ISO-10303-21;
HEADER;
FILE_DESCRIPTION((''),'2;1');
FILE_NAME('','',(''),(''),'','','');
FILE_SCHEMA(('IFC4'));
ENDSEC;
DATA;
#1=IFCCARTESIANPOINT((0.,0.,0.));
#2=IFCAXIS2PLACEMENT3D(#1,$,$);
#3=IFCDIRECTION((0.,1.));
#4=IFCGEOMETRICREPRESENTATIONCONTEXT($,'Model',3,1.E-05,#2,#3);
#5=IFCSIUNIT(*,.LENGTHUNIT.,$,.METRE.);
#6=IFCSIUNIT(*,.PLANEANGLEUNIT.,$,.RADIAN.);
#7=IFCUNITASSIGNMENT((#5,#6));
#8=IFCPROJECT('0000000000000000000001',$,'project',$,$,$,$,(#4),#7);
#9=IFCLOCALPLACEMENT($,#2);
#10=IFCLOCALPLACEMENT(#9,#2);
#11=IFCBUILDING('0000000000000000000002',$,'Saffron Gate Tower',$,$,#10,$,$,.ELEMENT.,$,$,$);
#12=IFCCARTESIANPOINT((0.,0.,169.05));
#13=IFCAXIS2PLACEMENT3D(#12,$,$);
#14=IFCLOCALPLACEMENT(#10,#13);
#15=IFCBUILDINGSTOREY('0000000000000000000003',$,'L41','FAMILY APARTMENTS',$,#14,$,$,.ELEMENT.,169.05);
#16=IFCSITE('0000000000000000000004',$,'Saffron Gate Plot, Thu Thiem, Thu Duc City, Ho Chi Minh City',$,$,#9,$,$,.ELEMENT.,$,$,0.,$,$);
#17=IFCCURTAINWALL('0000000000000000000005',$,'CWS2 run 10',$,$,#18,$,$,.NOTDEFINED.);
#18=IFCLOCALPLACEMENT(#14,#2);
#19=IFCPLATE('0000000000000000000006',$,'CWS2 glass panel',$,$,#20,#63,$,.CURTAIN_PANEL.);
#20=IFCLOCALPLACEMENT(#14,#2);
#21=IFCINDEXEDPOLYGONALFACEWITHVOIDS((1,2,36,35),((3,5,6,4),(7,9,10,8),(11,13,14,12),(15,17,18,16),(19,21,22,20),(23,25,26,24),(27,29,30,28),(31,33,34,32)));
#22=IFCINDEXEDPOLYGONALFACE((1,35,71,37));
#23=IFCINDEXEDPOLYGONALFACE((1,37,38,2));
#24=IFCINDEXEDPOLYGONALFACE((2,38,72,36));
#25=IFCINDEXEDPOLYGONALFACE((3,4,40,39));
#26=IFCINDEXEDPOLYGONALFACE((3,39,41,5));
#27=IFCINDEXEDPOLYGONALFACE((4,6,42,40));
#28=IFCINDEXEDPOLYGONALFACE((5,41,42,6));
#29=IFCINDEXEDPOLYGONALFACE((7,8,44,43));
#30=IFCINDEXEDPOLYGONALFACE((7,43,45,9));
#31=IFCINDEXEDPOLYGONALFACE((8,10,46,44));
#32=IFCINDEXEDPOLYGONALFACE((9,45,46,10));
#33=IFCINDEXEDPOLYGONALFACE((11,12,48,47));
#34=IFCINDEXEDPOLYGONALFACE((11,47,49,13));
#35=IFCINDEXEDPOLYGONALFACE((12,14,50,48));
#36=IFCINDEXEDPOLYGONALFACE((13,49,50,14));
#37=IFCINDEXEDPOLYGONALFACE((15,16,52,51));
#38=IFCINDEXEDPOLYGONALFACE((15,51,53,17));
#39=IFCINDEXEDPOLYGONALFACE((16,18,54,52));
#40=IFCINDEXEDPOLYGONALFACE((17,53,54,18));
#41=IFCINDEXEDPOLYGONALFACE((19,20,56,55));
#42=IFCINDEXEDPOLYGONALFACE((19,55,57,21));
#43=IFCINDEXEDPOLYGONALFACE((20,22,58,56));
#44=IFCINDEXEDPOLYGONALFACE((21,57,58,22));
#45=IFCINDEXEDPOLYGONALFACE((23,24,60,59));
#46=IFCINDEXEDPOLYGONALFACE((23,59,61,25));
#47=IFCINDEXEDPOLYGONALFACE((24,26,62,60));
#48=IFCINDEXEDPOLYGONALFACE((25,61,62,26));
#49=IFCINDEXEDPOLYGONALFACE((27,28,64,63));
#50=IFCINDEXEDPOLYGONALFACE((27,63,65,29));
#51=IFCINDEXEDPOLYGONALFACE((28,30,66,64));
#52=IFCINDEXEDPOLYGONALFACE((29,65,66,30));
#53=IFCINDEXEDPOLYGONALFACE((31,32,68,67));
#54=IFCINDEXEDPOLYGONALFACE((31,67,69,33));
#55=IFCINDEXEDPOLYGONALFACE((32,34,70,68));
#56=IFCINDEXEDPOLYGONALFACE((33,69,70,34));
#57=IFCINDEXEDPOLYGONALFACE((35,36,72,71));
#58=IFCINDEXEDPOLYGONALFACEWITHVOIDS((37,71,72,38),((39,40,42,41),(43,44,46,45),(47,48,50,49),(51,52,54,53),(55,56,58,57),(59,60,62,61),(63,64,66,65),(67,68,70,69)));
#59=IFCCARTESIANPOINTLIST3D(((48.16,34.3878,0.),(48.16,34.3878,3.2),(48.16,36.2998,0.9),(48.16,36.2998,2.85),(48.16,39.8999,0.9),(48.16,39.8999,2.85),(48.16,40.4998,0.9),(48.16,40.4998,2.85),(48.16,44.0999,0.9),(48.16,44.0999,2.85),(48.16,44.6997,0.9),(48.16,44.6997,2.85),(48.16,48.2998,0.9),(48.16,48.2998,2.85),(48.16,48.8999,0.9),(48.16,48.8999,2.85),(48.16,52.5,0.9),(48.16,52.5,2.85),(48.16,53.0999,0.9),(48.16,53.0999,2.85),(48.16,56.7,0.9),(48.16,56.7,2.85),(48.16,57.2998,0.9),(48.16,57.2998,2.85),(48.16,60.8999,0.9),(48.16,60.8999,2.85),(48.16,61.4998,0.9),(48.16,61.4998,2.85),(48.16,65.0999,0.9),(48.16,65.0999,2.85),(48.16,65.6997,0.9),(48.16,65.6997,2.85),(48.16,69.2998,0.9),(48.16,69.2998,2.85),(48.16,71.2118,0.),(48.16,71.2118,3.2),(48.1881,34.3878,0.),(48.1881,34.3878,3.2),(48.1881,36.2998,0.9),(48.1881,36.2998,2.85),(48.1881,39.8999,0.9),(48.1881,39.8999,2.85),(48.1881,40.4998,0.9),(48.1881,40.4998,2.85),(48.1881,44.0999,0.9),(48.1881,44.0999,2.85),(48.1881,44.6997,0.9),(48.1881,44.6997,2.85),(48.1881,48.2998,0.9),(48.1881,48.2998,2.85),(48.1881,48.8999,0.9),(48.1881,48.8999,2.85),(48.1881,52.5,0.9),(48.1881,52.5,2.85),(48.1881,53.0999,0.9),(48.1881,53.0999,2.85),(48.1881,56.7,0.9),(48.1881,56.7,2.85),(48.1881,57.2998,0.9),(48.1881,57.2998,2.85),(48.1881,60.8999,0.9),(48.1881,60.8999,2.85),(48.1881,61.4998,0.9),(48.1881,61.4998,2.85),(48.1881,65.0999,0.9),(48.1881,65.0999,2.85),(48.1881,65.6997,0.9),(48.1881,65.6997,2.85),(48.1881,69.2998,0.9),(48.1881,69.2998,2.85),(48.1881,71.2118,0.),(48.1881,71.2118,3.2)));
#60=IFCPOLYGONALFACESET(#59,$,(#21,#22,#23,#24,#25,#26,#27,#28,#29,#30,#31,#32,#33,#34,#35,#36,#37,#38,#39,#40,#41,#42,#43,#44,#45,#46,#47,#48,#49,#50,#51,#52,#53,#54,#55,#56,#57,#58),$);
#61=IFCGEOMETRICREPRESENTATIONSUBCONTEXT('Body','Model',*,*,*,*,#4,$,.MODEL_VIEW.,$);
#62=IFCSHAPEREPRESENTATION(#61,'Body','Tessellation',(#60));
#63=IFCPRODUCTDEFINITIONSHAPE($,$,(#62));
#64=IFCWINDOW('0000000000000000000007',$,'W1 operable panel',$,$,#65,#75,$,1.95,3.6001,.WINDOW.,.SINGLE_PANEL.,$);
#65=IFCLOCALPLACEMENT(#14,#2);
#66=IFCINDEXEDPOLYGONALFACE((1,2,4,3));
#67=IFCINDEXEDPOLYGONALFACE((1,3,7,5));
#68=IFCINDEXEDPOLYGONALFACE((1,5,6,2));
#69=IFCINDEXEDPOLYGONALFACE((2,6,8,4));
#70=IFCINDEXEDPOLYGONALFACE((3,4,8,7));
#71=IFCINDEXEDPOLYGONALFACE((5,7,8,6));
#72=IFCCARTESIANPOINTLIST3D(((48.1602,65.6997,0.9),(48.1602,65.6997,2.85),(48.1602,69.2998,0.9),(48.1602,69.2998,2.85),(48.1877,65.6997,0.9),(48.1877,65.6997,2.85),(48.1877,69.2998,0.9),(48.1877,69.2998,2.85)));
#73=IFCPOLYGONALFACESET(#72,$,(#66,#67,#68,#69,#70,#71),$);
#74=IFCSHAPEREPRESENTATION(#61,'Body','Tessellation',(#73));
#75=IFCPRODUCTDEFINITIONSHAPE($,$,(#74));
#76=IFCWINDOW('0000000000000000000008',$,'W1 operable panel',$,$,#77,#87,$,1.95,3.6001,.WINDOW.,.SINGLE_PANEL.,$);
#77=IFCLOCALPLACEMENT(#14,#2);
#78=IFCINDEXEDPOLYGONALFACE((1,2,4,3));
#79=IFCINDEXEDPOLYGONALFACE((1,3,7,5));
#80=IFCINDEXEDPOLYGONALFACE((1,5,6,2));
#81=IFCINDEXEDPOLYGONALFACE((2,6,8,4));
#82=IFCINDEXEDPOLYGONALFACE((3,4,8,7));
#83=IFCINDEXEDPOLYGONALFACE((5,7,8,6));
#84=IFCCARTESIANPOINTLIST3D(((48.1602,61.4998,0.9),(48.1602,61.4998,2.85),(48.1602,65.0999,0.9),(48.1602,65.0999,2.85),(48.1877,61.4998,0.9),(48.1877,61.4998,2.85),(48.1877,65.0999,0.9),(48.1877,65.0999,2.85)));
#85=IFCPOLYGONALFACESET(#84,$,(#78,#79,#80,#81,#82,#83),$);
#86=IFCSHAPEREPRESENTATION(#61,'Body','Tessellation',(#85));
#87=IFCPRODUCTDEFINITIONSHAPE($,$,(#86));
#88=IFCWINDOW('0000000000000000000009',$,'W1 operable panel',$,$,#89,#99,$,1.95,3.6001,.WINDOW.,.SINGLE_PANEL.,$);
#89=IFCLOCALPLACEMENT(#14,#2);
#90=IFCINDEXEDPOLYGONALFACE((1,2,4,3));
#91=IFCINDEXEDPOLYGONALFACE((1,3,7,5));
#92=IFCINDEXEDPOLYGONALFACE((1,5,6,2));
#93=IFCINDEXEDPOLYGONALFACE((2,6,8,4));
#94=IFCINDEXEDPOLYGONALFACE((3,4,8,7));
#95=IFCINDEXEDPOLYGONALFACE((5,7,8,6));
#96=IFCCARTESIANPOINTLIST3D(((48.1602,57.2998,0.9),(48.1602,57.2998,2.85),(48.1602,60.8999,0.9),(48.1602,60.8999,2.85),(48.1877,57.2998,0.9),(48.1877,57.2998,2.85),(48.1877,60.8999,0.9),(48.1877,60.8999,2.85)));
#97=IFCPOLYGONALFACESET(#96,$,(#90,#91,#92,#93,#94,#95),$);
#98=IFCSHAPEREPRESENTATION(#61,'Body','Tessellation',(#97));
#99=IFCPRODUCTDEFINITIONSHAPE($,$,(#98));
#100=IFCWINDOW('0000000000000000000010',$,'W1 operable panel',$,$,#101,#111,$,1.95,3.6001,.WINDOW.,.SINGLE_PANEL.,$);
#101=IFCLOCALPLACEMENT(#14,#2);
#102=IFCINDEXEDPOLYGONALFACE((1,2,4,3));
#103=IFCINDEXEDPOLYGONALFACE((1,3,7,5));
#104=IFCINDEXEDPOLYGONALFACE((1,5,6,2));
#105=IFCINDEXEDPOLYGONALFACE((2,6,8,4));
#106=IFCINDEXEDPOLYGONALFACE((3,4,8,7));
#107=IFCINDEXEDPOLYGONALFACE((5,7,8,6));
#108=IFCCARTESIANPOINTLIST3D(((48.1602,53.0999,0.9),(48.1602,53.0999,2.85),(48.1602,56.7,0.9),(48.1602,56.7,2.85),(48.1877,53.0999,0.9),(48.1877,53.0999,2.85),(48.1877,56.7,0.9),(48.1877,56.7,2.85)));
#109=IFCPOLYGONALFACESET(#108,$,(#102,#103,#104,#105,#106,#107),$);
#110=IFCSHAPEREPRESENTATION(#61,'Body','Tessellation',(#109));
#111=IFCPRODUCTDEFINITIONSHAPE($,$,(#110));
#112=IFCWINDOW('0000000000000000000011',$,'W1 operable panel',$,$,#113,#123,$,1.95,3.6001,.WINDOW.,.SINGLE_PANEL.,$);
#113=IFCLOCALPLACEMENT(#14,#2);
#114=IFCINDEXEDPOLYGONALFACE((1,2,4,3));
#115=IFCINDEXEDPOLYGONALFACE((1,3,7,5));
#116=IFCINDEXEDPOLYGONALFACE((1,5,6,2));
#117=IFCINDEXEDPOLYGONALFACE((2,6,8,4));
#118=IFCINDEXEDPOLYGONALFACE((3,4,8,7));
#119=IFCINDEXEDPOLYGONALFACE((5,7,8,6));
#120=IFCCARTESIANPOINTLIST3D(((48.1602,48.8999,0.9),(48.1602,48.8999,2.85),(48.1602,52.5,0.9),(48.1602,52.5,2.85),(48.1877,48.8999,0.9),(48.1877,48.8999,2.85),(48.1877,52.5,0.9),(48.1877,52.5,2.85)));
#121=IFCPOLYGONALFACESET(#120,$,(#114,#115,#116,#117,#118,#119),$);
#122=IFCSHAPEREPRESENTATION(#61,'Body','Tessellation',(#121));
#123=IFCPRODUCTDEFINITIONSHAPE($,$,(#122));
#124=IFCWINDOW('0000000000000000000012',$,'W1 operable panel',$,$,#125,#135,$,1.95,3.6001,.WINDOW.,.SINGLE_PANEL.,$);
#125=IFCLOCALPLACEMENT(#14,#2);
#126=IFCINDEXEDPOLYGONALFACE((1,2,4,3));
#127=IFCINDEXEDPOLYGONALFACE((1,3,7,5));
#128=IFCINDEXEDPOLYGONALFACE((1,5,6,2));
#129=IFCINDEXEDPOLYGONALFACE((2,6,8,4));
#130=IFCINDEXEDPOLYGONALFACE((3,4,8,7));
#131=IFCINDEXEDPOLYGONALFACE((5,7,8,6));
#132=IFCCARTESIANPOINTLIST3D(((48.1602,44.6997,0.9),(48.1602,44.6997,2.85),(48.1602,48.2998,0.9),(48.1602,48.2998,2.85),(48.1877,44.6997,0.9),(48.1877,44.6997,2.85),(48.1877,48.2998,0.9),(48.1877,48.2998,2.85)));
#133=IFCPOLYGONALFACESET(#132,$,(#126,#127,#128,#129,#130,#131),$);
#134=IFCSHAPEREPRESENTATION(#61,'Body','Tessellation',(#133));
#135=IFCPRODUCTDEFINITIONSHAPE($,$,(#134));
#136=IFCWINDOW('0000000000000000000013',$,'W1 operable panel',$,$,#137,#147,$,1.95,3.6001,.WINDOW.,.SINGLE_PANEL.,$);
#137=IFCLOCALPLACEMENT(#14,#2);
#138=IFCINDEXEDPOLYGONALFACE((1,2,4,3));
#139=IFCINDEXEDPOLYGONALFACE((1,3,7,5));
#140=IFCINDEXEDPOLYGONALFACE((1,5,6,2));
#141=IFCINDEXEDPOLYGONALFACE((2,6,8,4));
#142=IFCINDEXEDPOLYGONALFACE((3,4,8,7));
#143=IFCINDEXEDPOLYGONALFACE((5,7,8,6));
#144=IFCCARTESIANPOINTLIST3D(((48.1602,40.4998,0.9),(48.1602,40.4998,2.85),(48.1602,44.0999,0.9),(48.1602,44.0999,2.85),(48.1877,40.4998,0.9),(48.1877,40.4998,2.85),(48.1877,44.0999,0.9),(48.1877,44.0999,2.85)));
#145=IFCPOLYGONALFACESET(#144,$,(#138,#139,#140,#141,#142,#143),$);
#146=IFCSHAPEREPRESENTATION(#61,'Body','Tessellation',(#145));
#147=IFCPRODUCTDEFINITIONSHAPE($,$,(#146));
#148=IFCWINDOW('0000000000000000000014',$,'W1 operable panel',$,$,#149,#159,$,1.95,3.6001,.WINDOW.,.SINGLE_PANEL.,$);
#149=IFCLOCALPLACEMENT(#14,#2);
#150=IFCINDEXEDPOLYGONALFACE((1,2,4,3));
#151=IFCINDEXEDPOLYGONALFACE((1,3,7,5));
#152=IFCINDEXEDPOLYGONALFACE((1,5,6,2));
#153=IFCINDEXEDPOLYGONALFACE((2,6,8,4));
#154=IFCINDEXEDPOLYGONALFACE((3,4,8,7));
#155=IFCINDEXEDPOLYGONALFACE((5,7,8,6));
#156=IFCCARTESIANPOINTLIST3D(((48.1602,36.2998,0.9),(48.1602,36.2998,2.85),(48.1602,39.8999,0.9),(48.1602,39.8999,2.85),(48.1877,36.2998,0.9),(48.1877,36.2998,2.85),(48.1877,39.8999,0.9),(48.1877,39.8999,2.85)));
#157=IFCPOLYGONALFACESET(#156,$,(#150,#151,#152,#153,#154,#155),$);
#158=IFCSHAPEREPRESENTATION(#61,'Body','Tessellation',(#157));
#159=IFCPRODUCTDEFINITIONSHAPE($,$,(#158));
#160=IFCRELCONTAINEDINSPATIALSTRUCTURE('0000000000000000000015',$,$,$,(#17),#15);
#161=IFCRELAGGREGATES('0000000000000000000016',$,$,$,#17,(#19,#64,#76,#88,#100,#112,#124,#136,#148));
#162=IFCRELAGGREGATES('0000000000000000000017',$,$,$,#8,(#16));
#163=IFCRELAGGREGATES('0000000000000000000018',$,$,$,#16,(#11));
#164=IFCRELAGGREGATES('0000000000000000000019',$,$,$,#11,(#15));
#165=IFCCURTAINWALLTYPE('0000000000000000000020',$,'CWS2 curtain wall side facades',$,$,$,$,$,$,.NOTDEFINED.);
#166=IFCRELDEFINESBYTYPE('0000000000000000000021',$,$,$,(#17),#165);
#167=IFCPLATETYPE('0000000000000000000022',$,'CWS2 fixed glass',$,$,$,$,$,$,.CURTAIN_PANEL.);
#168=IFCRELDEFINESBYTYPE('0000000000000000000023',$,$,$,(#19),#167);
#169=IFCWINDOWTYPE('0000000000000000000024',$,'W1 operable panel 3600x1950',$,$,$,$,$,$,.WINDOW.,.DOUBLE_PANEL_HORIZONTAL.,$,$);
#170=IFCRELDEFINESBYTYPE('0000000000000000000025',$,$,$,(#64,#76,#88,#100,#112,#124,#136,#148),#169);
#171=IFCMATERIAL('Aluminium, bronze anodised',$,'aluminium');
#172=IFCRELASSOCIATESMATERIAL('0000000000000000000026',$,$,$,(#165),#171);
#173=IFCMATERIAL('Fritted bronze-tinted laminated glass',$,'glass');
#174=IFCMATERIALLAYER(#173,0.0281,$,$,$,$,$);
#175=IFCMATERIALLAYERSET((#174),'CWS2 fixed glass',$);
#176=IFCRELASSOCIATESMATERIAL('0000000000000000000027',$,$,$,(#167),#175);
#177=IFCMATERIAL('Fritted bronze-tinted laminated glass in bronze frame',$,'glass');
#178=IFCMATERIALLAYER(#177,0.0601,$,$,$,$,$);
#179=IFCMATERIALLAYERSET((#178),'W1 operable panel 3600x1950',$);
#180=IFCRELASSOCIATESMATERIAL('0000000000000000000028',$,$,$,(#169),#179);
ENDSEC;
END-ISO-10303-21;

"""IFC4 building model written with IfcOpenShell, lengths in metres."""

from ifc_helpers import new_model, si_unit, direction, frame, frame_2d, origin, place, context, subcontext, project, spatial, rectangle, extrude, material, layer, layer_set, type_object, element, fill, aggregate, save


model = new_model("IFC4")

# Units and contexts
model_context = context("Model", 3, precision=1e-05, world=origin(), true_north=direction((0.0, 1.0)))
body_context = subcontext(model_context, "Body", "Model", "MODEL_VIEW")
ifc_project = project(units=[si_unit("LENGTHUNIT", "METRE"), si_unit("PLANEANGLEUNIT", "RADIAN")], contexts=[model_context])

# Site, building, storey
site_placement = place(None, origin())
site = spatial("IfcSite", under=ifc_project, at=site_placement, Name="Saffron Gate Plot, Thu Thiem, Thu Duc City, Ho Chi Minh City", CompositionType="ELEMENT", RefElevation=0.0)
building_placement = place(site_placement, origin())
building = spatial("IfcBuilding", under=site, at=building_placement, Name="Saffron Gate Tower", CompositionType="ELEMENT")
storey_placement = place(building_placement, frame((0.0, 0.0, 169.05)))
storey = spatial("IfcBuildingStorey", under=building, at=storey_placement, Name="L41", Description="FAMILY APARTMENTS", CompositionType="ELEMENT", Elevation=169.05)

# Curtain wall
ifc_material_1 = material(Name="Aluminium, bronze anodised", Category="aluminium")
curtain_wall_type_1 = type_object("IfcCurtainWallType", Name="CWS2 curtain wall side facades", PredefinedType="NOTDEFINED", material=ifc_material_1)
curtain_wall_1_placement = place(storey_placement, origin())
curtain_wall_1 = element("IfcCurtainWall", 1, at=curtain_wall_1_placement, inside=storey, type_object=curtain_wall_type_1, Name="CWS2 run 10", PredefinedType="NOTDEFINED")

# Plate, openings, windows
ifc_material_2 = material(Name="Fritted bronze-tinted laminated glass", Category="glass")
ifc_layer_1 = layer(ifc_material_2, 0.0281)
ifc_layer_set_1 = layer_set([ifc_layer_1], Name="CWS2 fixed glass")
plate_type_1 = type_object("IfcPlateType", Name="CWS2 fixed glass", PredefinedType="CURTAIN_PANEL", material=ifc_layer_set_1)
plate_1_placement = place(storey_placement, frame((48.1741, 71.2119, 0.0), z_axis=(0.0, 0.0, 1.0), x_axis=(0.0, -1.0, 0.0)))
plate_1 = element("IfcPlate", 2, at=plate_1_placement, type_object=plate_type_1, Name="CWS2 glass panel", PredefinedType="CURTAIN_PANEL", context=body_context, shape_type="SweptSolid", body=[
    extrude(rectangle(XDim=36.824, YDim=0.0281, at=frame_2d((18.4121, 0.0))), origin(), (0.0, 0.0, 1.0), 3.2),
])
opening_1_placement = place(plate_1_placement, frame((1.9121, 0.0, 0.8999)))
opening_1 = element("IfcOpeningElement", 3, at=opening_1_placement, cuts=plate_1, PredefinedType="OPENING", context=body_context, shape_type="SweptSolid", body=[
    extrude(rectangle(XDim=3.6001, YDim=1.95, at=frame_2d((1.8, 0.9751))), frame((0.0, 0.0239, 0.0), z_axis=(0.0, -1.0, 0.0), x_axis=(1.0, 0.0, 0.0)), (0.0, 0.0, 1.0), 0.0481),
])
opening_2_placement = place(plate_1_placement, frame((6.1121, 0.0, 0.8999)))
opening_2 = element("IfcOpeningElement", 4, at=opening_2_placement, cuts=plate_1, PredefinedType="OPENING", context=body_context, shape_type="SweptSolid", body=[
    extrude(rectangle(XDim=3.6001, YDim=1.95, at=frame_2d((1.8, 0.9751))), frame((0.0, 0.0239, 0.0), z_axis=(0.0, -1.0, 0.0), x_axis=(1.0, 0.0, 0.0)), (0.0, 0.0, 1.0), 0.0481),
])
opening_3_placement = place(plate_1_placement, frame((10.312, 0.0, 0.8999)))
opening_3 = element("IfcOpeningElement", 5, at=opening_3_placement, cuts=plate_1, PredefinedType="OPENING", context=body_context, shape_type="SweptSolid", body=[
    extrude(rectangle(XDim=3.6001, YDim=1.95, at=frame_2d((1.8, 0.9751))), frame((0.0, 0.0239, 0.0), z_axis=(0.0, -1.0, 0.0), x_axis=(1.0, 0.0, 0.0)), (0.0, 0.0, 1.0), 0.0481),
])
opening_4_placement = place(plate_1_placement, frame((14.512, 0.0, 0.8999)))
opening_4 = element("IfcOpeningElement", 6, at=opening_4_placement, cuts=plate_1, PredefinedType="OPENING", context=body_context, shape_type="SweptSolid", body=[
    extrude(rectangle(XDim=3.6001, YDim=1.95, at=frame_2d((1.8, 0.9751))), frame((0.0, 0.0239, 0.0), z_axis=(0.0, -1.0, 0.0), x_axis=(1.0, 0.0, 0.0)), (0.0, 0.0, 1.0), 0.0481),
])
opening_5_placement = place(plate_1_placement, frame((18.7119, 0.0, 0.8999)))
opening_5 = element("IfcOpeningElement", 7, at=opening_5_placement, cuts=plate_1, PredefinedType="OPENING", context=body_context, shape_type="SweptSolid", body=[
    extrude(rectangle(XDim=3.6001, YDim=1.95, at=frame_2d((1.8, 0.9751))), frame((0.0, 0.0239, 0.0), z_axis=(0.0, -1.0, 0.0), x_axis=(1.0, 0.0, 0.0)), (0.0, 0.0, 1.0), 0.0481),
])
opening_6_placement = place(plate_1_placement, frame((22.9121, 0.0, 0.8999)))
opening_6 = element("IfcOpeningElement", 8, at=opening_6_placement, cuts=plate_1, PredefinedType="OPENING", context=body_context, shape_type="SweptSolid", body=[
    extrude(rectangle(XDim=3.6001, YDim=1.95, at=frame_2d((1.8, 0.9751))), frame((0.0, 0.0239, 0.0), z_axis=(0.0, -1.0, 0.0), x_axis=(1.0, 0.0, 0.0)), (0.0, 0.0, 1.0), 0.0481),
])
opening_7_placement = place(plate_1_placement, frame((27.1121, 0.0, 0.8999)))
opening_7 = element("IfcOpeningElement", 9, at=opening_7_placement, cuts=plate_1, PredefinedType="OPENING", context=body_context, shape_type="SweptSolid", body=[
    extrude(rectangle(XDim=3.6001, YDim=1.95, at=frame_2d((1.8, 0.9751))), frame((0.0, 0.0239, 0.0), z_axis=(0.0, -1.0, 0.0), x_axis=(1.0, 0.0, 0.0)), (0.0, 0.0, 1.0), 0.0481),
])
opening_8_placement = place(plate_1_placement, frame((31.312, 0.0, 0.8999)))
opening_8 = element("IfcOpeningElement", 10, at=opening_8_placement, cuts=plate_1, PredefinedType="OPENING", context=body_context, shape_type="SweptSolid", body=[
    extrude(rectangle(XDim=3.6001, YDim=1.95, at=frame_2d((1.8, 0.9751))), frame((0.0, 0.0239, 0.0), z_axis=(0.0, -1.0, 0.0), x_axis=(1.0, 0.0, 0.0)), (0.0, 0.0, 1.0), 0.0481),
])
ifc_material_3 = material(Name="Fritted bronze-tinted laminated glass in bronze frame", Category="glass")
ifc_layer_2 = layer(ifc_material_3, 0.0601)
ifc_layer_set_2 = layer_set([ifc_layer_2], Name="W1 operable panel 3600x1950")
window_type = type_object("IfcWindowType", Name="W1 operable panel 3600x1950", PartitioningType="DOUBLE_PANEL_HORIZONTAL", PredefinedType="WINDOW", material=ifc_layer_set_2)
window_1_placement = place(opening_1_placement, origin())
window_1 = element("IfcWindow", 11, at=window_1_placement, type_object=window_type, Name="W1 operable panel", OverallHeight=1.95, OverallWidth=3.6001, PartitioningType="SINGLE_PANEL", PredefinedType="WINDOW", context=body_context, shape_type="SweptSolid", body=[
    extrude(rectangle(XDim=3.6001, YDim=1.95, at=frame_2d((1.8, 0.9751))), frame((0.0, 0.0137, 0.0), z_axis=(0.0, -1.0, 0.0), x_axis=(1.0, 0.0, 0.0)), (0.0, 0.0, 1.0), 0.0276),
])
fill(opening_1, window_1)
window_2_placement = place(opening_2_placement, origin())
window_2 = element("IfcWindow", 12, at=window_2_placement, type_object=window_type, Name="W1 operable panel", OverallHeight=1.95, OverallWidth=3.6001, PartitioningType="SINGLE_PANEL", PredefinedType="WINDOW", context=body_context, shape_type="SweptSolid", body=[
    extrude(rectangle(XDim=3.6001, YDim=1.95, at=frame_2d((1.8, 0.9751))), frame((0.0, 0.0137, 0.0), z_axis=(0.0, -1.0, 0.0), x_axis=(1.0, 0.0, 0.0)), (0.0, 0.0, 1.0), 0.0276),
])
fill(opening_2, window_2)
window_3_placement = place(opening_3_placement, origin())
window_3 = element("IfcWindow", 13, at=window_3_placement, type_object=window_type, Name="W1 operable panel", OverallHeight=1.95, OverallWidth=3.6001, PartitioningType="SINGLE_PANEL", PredefinedType="WINDOW", context=body_context, shape_type="SweptSolid", body=[
    extrude(rectangle(XDim=3.6001, YDim=1.95, at=frame_2d((1.8, 0.9751))), frame((0.0, 0.0137, 0.0), z_axis=(0.0, -1.0, 0.0), x_axis=(1.0, 0.0, 0.0)), (0.0, 0.0, 1.0), 0.0276),
])
fill(opening_3, window_3)
window_4_placement = place(opening_4_placement, origin())
window_4 = element("IfcWindow", 14, at=window_4_placement, type_object=window_type, Name="W1 operable panel", OverallHeight=1.95, OverallWidth=3.6001, PartitioningType="SINGLE_PANEL", PredefinedType="WINDOW", context=body_context, shape_type="SweptSolid", body=[
    extrude(rectangle(XDim=3.6001, YDim=1.95, at=frame_2d((1.8, 0.9751))), frame((0.0, 0.0137, 0.0), z_axis=(0.0, -1.0, 0.0), x_axis=(1.0, 0.0, 0.0)), (0.0, 0.0, 1.0), 0.0276),
])
fill(opening_4, window_4)
window_5_placement = place(opening_5_placement, origin())
window_5 = element("IfcWindow", 15, at=window_5_placement, type_object=window_type, Name="W1 operable panel", OverallHeight=1.95, OverallWidth=3.6001, PartitioningType="SINGLE_PANEL", PredefinedType="WINDOW", context=body_context, shape_type="SweptSolid", body=[
    extrude(rectangle(XDim=3.6001, YDim=1.95, at=frame_2d((1.8, 0.9751))), frame((0.0, 0.0137, 0.0), z_axis=(0.0, -1.0, 0.0), x_axis=(1.0, 0.0, 0.0)), (0.0, 0.0, 1.0), 0.0276),
])
fill(opening_5, window_5)
window_6_placement = place(opening_6_placement, origin())
window_6 = element("IfcWindow", 16, at=window_6_placement, type_object=window_type, Name="W1 operable panel", OverallHeight=1.95, OverallWidth=3.6001, PartitioningType="SINGLE_PANEL", PredefinedType="WINDOW", context=body_context, shape_type="SweptSolid", body=[
    extrude(rectangle(XDim=3.6001, YDim=1.95, at=frame_2d((1.8, 0.9751))), frame((0.0, 0.0137, 0.0), z_axis=(0.0, -1.0, 0.0), x_axis=(1.0, 0.0, 0.0)), (0.0, 0.0, 1.0), 0.0276),
])
fill(opening_6, window_6)
window_7_placement = place(opening_7_placement, origin())
window_7 = element("IfcWindow", 17, at=window_7_placement, type_object=window_type, Name="W1 operable panel", OverallHeight=1.95, OverallWidth=3.6001, PartitioningType="SINGLE_PANEL", PredefinedType="WINDOW", context=body_context, shape_type="SweptSolid", body=[
    extrude(rectangle(XDim=3.6001, YDim=1.95, at=frame_2d((1.8, 0.9751))), frame((0.0, 0.0137, 0.0), z_axis=(0.0, -1.0, 0.0), x_axis=(1.0, 0.0, 0.0)), (0.0, 0.0, 1.0), 0.0276),
])
fill(opening_7, window_7)
window_8_placement = place(opening_8_placement, origin())
window_8 = element("IfcWindow", 18, at=window_8_placement, type_object=window_type, Name="W1 operable panel", OverallHeight=1.95, OverallWidth=3.6001, PartitioningType="SINGLE_PANEL", PredefinedType="WINDOW", context=body_context, shape_type="SweptSolid", body=[
    extrude(rectangle(XDim=3.6001, YDim=1.95, at=frame_2d((1.8, 0.9751))), frame((0.0, 0.0137, 0.0), z_axis=(0.0, -1.0, 0.0), x_axis=(1.0, 0.0, 0.0)), (0.0, 0.0, 1.0), 0.0276),
])
fill(opening_8, window_8)
aggregate(curtain_wall_1, [plate_1, window_1, window_2, window_3, window_4, window_5, window_6, window_7, window_8])

save(model, "model.ifc")
